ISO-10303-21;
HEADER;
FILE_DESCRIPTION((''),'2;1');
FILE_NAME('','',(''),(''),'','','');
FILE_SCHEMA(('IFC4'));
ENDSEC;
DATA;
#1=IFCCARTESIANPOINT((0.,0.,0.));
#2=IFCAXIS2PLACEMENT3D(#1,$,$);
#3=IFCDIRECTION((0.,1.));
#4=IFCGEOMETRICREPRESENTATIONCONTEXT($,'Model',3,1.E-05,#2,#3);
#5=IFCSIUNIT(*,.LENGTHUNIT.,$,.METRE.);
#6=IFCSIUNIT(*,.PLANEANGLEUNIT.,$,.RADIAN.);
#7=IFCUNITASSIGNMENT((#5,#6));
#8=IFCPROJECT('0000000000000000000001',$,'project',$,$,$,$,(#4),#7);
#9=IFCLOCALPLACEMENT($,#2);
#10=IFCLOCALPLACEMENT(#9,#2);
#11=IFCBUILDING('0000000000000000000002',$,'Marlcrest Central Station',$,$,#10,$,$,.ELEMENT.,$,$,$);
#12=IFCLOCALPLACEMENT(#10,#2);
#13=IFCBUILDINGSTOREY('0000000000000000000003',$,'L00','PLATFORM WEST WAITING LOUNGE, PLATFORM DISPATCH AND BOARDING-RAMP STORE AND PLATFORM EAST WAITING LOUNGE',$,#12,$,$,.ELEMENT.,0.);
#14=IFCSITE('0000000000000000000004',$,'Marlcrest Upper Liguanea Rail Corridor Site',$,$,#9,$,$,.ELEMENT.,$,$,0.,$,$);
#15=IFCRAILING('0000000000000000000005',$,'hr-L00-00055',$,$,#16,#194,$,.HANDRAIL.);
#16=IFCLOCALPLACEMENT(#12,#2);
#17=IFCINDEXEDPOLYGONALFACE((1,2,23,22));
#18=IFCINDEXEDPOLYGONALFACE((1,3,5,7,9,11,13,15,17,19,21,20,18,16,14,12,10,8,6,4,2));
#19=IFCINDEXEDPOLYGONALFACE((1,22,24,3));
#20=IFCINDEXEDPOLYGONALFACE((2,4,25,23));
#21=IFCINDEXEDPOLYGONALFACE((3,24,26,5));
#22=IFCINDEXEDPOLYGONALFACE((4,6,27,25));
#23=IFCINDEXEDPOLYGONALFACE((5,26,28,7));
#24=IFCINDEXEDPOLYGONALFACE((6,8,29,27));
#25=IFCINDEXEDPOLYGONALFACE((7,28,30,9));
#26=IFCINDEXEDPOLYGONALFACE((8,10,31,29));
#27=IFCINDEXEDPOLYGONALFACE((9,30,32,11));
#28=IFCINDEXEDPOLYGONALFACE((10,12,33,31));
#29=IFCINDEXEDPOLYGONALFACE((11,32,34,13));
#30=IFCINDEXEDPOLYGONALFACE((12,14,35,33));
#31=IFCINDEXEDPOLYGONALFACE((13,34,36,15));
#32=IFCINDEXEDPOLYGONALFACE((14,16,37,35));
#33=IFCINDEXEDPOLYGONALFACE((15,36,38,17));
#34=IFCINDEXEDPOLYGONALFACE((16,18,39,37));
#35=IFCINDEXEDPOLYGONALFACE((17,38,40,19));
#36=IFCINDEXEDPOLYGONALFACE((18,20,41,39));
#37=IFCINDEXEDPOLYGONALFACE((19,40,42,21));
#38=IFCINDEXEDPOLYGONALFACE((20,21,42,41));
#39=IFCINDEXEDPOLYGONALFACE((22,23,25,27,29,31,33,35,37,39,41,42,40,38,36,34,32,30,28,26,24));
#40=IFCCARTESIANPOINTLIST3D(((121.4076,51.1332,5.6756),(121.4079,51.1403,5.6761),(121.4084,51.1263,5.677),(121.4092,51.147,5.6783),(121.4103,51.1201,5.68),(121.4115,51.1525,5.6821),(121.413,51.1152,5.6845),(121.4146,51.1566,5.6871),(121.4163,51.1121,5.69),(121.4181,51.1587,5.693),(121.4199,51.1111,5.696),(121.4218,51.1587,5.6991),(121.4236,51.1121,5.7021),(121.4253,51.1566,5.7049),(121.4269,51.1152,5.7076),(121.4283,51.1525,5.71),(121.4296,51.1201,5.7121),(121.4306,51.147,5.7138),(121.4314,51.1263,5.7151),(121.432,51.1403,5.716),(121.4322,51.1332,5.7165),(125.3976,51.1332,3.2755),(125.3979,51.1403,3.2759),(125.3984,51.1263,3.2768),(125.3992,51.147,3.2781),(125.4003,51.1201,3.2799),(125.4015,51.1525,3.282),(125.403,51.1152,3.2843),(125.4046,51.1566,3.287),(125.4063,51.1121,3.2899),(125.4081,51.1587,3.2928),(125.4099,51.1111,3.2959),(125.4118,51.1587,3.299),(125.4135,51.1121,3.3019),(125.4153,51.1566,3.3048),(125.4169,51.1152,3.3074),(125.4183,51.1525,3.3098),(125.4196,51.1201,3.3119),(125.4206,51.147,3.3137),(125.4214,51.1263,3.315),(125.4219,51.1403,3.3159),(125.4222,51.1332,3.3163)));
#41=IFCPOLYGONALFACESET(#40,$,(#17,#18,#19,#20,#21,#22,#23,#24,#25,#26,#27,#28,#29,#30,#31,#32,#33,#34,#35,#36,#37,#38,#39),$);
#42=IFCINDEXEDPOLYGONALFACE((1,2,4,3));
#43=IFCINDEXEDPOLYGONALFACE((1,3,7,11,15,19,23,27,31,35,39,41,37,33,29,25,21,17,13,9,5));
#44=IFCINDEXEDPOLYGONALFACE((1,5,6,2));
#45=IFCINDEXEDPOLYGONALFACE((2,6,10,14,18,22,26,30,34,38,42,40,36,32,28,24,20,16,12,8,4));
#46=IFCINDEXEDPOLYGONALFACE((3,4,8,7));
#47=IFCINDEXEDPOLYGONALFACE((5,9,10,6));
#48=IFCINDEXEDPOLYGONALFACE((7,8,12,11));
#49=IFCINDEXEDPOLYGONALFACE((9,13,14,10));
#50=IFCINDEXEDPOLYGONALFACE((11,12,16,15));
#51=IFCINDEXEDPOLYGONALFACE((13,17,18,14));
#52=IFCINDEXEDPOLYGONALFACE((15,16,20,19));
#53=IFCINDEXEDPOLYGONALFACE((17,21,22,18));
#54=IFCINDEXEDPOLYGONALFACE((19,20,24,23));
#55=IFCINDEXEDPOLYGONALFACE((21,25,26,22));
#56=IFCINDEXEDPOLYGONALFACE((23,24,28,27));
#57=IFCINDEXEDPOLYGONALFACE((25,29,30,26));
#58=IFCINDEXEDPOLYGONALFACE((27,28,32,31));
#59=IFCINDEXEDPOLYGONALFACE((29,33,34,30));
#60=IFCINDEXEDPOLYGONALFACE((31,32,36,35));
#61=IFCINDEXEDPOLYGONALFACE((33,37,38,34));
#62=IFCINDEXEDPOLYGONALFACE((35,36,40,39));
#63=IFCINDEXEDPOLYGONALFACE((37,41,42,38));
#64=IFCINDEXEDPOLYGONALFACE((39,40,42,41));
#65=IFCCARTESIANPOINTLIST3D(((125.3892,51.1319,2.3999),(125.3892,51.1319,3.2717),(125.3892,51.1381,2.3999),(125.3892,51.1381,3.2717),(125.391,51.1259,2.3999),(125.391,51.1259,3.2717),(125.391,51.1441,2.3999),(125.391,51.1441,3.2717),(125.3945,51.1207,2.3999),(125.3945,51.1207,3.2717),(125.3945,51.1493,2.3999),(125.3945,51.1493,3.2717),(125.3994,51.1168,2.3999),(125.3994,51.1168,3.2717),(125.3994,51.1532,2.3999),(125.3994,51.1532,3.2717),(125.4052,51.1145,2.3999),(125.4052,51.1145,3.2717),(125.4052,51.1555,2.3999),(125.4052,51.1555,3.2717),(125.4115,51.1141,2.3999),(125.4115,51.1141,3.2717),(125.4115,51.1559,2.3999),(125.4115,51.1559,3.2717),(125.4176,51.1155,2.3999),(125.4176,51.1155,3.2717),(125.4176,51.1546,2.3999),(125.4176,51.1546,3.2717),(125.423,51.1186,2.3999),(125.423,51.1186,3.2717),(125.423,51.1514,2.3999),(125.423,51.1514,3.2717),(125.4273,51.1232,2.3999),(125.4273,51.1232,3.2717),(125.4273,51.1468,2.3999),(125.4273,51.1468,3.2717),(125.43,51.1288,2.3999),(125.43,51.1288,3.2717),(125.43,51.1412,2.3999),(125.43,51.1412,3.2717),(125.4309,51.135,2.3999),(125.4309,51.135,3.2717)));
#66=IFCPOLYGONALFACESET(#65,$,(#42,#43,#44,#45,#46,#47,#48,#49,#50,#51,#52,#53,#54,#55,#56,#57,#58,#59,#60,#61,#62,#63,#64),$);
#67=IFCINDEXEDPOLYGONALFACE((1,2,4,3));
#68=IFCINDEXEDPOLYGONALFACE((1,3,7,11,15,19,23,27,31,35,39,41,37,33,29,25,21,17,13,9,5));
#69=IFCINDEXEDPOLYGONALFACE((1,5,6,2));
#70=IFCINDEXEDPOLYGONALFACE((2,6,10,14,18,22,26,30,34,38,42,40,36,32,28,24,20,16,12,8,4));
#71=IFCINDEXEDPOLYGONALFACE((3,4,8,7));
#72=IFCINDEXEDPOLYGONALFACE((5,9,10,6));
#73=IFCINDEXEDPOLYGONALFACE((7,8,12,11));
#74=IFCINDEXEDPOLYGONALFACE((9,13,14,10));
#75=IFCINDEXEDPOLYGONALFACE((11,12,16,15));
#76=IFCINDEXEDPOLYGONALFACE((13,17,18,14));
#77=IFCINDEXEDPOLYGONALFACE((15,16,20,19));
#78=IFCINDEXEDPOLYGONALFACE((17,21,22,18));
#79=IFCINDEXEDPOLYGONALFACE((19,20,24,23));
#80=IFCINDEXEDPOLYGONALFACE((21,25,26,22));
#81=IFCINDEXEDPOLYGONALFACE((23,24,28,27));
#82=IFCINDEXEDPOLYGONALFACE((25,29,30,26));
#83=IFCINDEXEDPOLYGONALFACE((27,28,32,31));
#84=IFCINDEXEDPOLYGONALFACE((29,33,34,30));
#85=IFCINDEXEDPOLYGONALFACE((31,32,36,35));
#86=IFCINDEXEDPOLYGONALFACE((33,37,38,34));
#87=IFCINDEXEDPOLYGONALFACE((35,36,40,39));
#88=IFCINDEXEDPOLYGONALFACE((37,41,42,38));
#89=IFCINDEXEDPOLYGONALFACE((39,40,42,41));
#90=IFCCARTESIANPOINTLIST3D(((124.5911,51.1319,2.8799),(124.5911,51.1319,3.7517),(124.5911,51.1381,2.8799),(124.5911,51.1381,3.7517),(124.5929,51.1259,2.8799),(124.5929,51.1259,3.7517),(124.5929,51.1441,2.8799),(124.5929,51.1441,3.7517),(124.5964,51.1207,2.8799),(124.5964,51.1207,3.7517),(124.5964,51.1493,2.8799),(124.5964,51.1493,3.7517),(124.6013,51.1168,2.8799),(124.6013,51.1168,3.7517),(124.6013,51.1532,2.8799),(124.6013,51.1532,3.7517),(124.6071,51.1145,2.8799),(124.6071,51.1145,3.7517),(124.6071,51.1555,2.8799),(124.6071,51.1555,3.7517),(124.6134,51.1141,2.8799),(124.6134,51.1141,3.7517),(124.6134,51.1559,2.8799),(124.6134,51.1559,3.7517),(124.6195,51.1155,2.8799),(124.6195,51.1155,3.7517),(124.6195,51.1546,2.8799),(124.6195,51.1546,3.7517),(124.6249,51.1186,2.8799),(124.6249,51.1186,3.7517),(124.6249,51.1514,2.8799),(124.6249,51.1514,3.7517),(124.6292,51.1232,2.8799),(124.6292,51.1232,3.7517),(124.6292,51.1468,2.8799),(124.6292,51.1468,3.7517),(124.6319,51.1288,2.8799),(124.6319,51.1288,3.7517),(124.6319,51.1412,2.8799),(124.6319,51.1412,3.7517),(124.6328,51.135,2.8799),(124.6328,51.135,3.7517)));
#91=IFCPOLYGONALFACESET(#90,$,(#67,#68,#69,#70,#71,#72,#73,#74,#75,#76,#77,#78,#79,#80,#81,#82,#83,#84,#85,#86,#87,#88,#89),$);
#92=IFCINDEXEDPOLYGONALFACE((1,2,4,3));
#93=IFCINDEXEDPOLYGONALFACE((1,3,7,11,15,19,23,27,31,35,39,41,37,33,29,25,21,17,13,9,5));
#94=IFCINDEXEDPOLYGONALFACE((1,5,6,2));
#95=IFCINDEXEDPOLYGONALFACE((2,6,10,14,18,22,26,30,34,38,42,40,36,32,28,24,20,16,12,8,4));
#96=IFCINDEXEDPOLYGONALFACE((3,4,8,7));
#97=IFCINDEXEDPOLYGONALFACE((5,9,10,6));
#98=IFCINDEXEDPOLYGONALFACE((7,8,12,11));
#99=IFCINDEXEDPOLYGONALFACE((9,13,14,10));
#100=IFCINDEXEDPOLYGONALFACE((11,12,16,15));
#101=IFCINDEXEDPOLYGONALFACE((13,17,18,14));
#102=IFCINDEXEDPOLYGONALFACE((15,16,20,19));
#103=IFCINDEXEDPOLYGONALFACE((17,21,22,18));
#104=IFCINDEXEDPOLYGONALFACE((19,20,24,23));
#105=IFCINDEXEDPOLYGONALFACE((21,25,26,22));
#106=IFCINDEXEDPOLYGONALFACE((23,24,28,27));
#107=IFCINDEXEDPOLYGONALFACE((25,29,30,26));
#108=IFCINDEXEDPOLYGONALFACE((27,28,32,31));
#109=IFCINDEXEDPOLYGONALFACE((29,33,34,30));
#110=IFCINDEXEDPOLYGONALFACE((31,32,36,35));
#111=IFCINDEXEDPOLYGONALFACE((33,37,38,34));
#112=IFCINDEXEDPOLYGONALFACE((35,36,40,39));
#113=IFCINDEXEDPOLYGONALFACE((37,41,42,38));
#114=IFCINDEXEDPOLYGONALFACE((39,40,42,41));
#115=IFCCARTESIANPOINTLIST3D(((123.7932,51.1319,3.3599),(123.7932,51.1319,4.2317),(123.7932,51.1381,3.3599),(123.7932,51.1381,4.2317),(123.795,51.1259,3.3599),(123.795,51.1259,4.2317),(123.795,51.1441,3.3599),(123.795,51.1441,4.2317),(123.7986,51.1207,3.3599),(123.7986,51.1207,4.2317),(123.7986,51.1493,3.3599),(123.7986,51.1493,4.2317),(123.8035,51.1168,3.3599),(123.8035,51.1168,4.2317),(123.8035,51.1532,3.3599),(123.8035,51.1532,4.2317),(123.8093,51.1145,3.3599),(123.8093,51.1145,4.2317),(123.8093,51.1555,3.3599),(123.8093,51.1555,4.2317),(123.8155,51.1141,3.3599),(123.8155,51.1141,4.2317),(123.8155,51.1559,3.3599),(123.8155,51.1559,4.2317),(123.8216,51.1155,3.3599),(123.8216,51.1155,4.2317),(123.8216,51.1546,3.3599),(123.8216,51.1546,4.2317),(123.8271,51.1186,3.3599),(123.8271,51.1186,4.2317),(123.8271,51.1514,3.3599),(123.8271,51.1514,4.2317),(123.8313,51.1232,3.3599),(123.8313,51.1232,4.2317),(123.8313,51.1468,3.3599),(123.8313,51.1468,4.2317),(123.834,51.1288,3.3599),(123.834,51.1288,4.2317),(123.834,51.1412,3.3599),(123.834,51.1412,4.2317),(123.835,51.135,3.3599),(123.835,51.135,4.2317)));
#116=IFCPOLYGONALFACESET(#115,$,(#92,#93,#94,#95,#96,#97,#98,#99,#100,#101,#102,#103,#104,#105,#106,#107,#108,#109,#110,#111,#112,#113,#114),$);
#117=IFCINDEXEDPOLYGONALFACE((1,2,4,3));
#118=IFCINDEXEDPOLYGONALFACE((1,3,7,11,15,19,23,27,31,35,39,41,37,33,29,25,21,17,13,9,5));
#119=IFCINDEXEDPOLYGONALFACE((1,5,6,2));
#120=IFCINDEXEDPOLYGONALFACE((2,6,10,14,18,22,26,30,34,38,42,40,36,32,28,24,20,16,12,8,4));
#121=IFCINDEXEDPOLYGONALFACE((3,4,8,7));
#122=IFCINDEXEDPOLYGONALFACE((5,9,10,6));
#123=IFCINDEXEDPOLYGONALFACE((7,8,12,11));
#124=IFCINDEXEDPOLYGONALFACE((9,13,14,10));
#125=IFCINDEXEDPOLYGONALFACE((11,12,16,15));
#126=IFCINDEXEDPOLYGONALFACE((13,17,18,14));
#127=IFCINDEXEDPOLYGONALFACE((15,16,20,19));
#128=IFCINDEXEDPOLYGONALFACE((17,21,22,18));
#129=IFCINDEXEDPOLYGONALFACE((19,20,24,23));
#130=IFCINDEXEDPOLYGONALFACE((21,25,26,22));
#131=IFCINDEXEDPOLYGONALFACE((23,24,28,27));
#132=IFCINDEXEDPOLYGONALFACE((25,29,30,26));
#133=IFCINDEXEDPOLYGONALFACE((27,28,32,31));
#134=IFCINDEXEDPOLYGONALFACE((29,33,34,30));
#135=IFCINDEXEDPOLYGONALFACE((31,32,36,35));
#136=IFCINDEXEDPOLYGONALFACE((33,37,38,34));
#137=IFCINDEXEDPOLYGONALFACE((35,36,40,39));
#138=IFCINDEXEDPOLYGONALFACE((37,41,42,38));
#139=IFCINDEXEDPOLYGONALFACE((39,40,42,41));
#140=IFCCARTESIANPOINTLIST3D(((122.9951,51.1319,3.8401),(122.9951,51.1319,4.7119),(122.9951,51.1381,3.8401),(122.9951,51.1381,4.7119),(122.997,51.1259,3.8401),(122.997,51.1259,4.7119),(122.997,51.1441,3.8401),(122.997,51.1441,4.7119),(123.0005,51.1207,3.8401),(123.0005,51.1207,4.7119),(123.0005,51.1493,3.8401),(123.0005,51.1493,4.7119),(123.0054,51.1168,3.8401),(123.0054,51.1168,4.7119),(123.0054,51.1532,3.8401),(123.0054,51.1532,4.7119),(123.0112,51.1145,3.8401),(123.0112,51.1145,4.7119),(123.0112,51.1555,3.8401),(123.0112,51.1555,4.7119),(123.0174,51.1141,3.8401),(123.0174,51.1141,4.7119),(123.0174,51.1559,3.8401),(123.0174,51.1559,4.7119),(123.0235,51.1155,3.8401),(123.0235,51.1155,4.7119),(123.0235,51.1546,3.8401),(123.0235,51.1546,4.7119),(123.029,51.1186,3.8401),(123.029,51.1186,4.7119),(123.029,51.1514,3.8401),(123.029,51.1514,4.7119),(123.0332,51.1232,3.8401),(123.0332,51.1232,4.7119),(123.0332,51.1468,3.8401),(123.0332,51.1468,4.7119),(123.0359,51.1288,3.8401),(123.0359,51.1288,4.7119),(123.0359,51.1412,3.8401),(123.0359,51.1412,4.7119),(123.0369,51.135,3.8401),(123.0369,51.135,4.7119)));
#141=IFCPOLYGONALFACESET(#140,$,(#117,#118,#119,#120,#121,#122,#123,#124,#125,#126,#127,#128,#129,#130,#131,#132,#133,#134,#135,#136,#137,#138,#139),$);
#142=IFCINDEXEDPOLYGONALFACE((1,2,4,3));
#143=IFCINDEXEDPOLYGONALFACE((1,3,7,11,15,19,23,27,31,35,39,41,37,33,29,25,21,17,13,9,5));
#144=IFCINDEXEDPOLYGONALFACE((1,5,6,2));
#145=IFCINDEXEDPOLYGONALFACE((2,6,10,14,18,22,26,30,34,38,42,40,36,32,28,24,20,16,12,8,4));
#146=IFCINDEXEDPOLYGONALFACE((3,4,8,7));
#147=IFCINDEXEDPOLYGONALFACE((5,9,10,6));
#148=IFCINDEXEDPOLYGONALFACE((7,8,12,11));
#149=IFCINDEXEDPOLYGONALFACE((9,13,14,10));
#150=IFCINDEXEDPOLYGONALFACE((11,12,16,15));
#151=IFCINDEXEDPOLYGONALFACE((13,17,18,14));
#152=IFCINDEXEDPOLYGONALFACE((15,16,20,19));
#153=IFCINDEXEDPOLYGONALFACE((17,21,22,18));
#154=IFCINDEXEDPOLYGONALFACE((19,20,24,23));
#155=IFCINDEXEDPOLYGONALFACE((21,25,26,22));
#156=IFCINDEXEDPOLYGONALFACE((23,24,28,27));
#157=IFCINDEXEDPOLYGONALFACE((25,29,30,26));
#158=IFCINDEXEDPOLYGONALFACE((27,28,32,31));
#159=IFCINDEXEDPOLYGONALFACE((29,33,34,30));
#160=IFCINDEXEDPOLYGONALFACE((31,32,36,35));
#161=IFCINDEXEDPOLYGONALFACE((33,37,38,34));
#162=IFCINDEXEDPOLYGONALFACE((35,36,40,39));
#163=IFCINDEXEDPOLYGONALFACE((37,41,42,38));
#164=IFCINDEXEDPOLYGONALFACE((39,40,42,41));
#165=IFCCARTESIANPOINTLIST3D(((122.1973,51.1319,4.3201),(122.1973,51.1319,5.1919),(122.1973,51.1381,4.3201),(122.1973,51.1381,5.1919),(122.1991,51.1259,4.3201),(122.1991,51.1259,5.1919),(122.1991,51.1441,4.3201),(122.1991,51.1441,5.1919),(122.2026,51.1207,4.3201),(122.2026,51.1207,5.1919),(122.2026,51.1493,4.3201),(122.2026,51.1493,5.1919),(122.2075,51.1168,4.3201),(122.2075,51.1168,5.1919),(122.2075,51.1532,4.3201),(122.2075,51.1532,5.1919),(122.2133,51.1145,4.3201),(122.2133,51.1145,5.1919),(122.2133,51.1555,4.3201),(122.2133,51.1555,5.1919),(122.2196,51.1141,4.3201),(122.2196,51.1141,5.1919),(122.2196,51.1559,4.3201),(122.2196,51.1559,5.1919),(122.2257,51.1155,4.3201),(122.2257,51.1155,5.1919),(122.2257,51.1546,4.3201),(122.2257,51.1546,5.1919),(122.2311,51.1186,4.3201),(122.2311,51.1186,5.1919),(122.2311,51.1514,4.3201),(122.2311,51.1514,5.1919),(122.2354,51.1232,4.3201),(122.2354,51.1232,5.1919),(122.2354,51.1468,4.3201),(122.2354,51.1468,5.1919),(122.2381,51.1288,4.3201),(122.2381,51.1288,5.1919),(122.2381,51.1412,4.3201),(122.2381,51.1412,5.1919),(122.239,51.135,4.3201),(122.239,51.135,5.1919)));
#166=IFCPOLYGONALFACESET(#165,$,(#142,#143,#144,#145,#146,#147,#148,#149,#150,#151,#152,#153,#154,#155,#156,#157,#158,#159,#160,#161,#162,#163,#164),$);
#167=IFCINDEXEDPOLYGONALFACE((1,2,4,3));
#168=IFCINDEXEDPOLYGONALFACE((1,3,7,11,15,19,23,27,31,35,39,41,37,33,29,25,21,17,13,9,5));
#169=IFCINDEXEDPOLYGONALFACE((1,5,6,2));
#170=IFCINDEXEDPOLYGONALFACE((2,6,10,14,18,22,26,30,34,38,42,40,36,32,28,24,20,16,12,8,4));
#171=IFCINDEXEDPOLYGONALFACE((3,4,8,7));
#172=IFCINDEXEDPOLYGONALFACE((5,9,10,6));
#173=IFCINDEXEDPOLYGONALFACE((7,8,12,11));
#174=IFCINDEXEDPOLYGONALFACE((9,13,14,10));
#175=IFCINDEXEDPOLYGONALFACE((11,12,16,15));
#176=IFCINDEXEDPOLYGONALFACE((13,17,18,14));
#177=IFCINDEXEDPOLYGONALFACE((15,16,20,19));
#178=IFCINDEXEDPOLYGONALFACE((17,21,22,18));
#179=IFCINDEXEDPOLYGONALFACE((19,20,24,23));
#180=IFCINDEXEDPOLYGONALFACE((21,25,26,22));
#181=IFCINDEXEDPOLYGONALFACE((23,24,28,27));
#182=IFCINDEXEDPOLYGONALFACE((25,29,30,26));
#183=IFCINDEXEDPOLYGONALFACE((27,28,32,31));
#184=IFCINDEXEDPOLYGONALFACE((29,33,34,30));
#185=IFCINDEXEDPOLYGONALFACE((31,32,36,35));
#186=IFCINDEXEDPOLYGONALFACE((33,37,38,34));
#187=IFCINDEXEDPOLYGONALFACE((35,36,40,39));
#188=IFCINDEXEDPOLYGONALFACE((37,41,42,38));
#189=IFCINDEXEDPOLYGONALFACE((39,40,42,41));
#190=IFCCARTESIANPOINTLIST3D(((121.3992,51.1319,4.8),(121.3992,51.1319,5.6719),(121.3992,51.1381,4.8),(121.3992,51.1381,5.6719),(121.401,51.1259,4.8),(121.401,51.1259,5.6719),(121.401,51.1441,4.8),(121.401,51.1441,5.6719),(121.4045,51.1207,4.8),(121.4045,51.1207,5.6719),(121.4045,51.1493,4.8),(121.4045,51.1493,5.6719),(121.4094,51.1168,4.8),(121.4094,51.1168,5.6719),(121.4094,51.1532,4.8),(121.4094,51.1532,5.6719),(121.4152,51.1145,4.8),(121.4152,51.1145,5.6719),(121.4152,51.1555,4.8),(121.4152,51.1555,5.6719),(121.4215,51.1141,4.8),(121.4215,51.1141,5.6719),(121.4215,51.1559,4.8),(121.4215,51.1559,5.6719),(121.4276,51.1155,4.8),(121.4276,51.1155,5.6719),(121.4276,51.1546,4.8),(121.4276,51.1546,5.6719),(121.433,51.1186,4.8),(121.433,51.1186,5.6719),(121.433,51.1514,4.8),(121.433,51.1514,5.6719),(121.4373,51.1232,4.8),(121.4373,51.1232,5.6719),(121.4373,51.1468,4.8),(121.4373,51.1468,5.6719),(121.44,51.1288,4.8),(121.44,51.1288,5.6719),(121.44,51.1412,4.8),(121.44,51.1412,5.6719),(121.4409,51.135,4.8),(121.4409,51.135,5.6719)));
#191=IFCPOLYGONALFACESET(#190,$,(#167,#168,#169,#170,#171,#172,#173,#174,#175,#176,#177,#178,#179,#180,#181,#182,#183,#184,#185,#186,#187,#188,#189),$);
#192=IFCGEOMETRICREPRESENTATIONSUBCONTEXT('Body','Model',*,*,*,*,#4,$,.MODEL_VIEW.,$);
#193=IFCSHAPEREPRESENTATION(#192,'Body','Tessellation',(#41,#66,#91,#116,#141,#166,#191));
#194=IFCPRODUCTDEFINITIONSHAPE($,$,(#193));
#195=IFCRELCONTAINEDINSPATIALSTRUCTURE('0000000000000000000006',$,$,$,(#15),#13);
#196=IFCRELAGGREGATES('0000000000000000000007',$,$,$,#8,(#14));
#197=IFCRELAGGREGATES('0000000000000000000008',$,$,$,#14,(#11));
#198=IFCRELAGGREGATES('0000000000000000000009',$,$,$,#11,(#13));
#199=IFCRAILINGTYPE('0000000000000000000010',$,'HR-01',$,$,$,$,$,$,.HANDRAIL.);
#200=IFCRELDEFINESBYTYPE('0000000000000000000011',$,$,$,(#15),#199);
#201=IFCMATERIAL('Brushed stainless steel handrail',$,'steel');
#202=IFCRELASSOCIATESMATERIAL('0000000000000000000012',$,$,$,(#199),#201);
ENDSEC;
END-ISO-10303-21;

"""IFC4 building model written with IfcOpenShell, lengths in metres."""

from ifc_helpers import new_model, si_unit, direction, frame, origin, origin_2d, place, context, subcontext, project, spatial, circle, extrude, material, type_object, element, save


model = new_model("IFC4")

# Units and contexts
model_context = context("Model", 3, precision=1e-05, world=origin(), true_north=direction((0.0, 1.0)))
body_context = subcontext(model_context, "Body", "Model", "MODEL_VIEW")
ifc_project = project(units=[si_unit("LENGTHUNIT", "METRE"), si_unit("PLANEANGLEUNIT", "RADIAN")], contexts=[model_context])

# Site, building, storey
site_placement = place(None, origin())
site = spatial("IfcSite", under=ifc_project, at=site_placement, Name="Marlcrest Upper Liguanea Rail Corridor Site", CompositionType="ELEMENT", RefElevation=0.0)
building_placement = place(site_placement, origin())
building = spatial("IfcBuilding", under=site, at=building_placement, Name="Marlcrest Central Station", CompositionType="ELEMENT")
storey_placement = place(building_placement, origin())
storey = spatial("IfcBuildingStorey", under=building, at=storey_placement, Name="L00", Description="PLATFORM WEST WAITING LOUNGE, PLATFORM DISPATCH AND BOARDING-RAMP STORE AND PLATFORM EAST WAITING LOUNGE", CompositionType="ELEMENT", Elevation=0.0)

# Railing
ifc_material_1 = material(Name="Brushed stainless steel handrail", Category="steel")
railing_type_1 = type_object("IfcRailingType", Name="HR-01", PredefinedType="HANDRAIL", material=ifc_material_1)
for number, where, name in (
    (1, (125.4099, 51.135, 2.3999), "hr-L00-00055"),
):
    element("IfcRailing", number, at=place(storey_placement, frame(where)), inside=storey, type_object=railing_type_1, Name=name, PredefinedType="HANDRAIL", context=body_context, shape_type="SweptSolid", body=[
        extrude(circle(Radius=0.0239, at=origin_2d()), frame((0.0, 0.0, 0.896), z_axis=(-0.856909, 0.0, 0.515467), x_axis=(0.0, -1.0, 0.0)), (0.0, 0.0, 1.0), 4.6562),
        extrude(circle(Radius=0.021, at=origin_2d()), origin(), (0.0, 0.0, 1.0), 0.8718),
        extrude(circle(Radius=0.021, at=origin_2d()), frame((-0.7981, 0.0, 0.48)), (0.0, 0.0, 1.0), 0.8718),
        extrude(circle(Radius=0.021, at=origin_2d()), frame((-1.5959, 0.0, 0.96)), (0.0, 0.0, 1.0), 0.8718),
        extrude(circle(Radius=0.021, at=origin_2d()), frame((-2.394, 0.0, 1.4402)), (0.0, 0.0, 1.0), 0.8718),
        extrude(circle(Radius=0.021, at=origin_2d()), frame((-3.1919, 0.0, 1.9202)), (0.0, 0.0, 1.0), 0.8718),
        extrude(circle(Radius=0.021, at=origin_2d()), frame((-3.99, 0.0, 2.4001)), (0.0, 0.0, 1.0), 0.8718),
    ])

save(model, "model.ifc")
